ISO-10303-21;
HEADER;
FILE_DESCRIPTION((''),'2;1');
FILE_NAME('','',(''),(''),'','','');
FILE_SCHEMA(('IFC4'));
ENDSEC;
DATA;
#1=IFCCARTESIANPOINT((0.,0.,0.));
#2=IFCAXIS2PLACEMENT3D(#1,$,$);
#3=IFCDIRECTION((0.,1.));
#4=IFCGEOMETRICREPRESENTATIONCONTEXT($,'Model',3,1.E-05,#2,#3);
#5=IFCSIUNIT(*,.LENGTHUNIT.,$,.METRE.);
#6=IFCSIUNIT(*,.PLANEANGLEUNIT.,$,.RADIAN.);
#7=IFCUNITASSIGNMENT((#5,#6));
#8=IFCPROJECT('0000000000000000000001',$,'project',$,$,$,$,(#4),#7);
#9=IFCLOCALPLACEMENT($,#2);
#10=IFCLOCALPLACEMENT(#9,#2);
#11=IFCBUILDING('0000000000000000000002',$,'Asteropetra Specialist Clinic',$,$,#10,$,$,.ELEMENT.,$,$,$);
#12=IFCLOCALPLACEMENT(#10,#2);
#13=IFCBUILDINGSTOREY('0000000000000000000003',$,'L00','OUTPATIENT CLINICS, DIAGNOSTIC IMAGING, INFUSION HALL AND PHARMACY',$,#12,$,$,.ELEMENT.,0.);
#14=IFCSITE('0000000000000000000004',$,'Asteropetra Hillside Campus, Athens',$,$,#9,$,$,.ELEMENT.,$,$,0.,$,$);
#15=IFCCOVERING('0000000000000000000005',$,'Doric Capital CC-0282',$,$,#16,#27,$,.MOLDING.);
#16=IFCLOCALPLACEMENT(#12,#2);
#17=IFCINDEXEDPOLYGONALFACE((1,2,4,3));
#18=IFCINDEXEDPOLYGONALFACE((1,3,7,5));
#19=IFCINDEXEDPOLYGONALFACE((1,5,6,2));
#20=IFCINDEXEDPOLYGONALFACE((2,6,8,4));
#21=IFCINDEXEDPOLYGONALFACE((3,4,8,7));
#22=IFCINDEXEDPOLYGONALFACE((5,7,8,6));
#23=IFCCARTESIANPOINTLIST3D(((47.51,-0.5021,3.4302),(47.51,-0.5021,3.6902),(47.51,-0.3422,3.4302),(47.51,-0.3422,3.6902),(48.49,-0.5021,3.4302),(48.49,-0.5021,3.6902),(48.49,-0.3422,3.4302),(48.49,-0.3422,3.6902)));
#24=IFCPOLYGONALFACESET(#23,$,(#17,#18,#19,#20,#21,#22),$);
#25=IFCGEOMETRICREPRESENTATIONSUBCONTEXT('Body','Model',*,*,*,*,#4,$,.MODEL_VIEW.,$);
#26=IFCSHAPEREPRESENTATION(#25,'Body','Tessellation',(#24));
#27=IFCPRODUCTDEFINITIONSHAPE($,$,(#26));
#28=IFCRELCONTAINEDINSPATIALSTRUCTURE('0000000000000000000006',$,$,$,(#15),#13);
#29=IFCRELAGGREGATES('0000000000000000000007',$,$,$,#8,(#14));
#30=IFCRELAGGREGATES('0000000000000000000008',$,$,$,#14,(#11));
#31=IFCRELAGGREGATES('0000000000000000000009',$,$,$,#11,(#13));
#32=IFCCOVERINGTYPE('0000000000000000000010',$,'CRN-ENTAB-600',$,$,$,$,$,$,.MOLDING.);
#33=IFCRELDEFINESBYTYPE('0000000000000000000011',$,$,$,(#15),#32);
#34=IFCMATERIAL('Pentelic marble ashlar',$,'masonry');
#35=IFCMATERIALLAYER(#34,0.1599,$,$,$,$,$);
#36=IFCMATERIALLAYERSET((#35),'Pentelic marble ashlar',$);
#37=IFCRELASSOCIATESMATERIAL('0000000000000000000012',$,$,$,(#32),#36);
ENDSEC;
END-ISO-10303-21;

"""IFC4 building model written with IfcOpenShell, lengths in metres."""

from ifc_helpers import new_model, si_unit, direction, frame, origin, origin_2d, place, context, subcontext, project, spatial, rectangle, extrude, material, layer, layer_set, type_object, element, save


model = new_model("IFC4")

# Units and contexts
model_context = context("Model", 3, precision=1e-05, world=origin(), true_north=direction((0.0, 1.0)))
body_context = subcontext(model_context, "Body", "Model", "MODEL_VIEW")
ifc_project = project(units=[si_unit("LENGTHUNIT", "METRE"), si_unit("PLANEANGLEUNIT", "RADIAN")], contexts=[model_context])

# Site, building, storey
site_placement = place(None, origin())
site = spatial("IfcSite", under=ifc_project, at=site_placement, Name="Asteropetra Hillside Campus, Athens", CompositionType="ELEMENT", RefElevation=0.0)
building_placement = place(site_placement, origin())
building = spatial("IfcBuilding", under=site, at=building_placement, Name="Asteropetra Specialist Clinic", CompositionType="ELEMENT")
storey_placement = place(building_placement, origin())
storey = spatial("IfcBuildingStorey", under=building, at=storey_placement, Name="L00", Description="OUTPATIENT CLINICS, DIAGNOSTIC IMAGING, INFUSION HALL AND PHARMACY", CompositionType="ELEMENT", Elevation=0.0)

# Covering
ifc_material_1 = material(Name="Pentelic marble ashlar", Category="masonry")
ifc_layer_1 = layer(ifc_material_1, 0.1599)
ifc_layer_set_1 = layer_set([ifc_layer_1], Name="Pentelic marble ashlar")
covering_type = type_object("IfcCoveringType", Name="CRN-ENTAB-600", PredefinedType="MOLDING", material=ifc_layer_set_1)
for number, where, z_axis, x_axis, name in (
    (1, (48.0, -0.4221, 3.4302), (0.0, 0.0, 1.0), (1.0, 0.0, 0.0), "Doric Capital CC-0282"),
):
    element("IfcCovering", number, at=place(storey_placement, frame(where, z_axis=z_axis, x_axis=x_axis)), inside=storey, type_object=covering_type, Name=name, PredefinedType="MOLDING", context=body_context, shape_type="SweptSolid", body=[
        extrude(rectangle(XDim=0.98, YDim=0.1599, at=origin_2d()), origin(), (0.0, 0.0, 1.0), 0.26),
    ])

save(model, "model.ifc")
